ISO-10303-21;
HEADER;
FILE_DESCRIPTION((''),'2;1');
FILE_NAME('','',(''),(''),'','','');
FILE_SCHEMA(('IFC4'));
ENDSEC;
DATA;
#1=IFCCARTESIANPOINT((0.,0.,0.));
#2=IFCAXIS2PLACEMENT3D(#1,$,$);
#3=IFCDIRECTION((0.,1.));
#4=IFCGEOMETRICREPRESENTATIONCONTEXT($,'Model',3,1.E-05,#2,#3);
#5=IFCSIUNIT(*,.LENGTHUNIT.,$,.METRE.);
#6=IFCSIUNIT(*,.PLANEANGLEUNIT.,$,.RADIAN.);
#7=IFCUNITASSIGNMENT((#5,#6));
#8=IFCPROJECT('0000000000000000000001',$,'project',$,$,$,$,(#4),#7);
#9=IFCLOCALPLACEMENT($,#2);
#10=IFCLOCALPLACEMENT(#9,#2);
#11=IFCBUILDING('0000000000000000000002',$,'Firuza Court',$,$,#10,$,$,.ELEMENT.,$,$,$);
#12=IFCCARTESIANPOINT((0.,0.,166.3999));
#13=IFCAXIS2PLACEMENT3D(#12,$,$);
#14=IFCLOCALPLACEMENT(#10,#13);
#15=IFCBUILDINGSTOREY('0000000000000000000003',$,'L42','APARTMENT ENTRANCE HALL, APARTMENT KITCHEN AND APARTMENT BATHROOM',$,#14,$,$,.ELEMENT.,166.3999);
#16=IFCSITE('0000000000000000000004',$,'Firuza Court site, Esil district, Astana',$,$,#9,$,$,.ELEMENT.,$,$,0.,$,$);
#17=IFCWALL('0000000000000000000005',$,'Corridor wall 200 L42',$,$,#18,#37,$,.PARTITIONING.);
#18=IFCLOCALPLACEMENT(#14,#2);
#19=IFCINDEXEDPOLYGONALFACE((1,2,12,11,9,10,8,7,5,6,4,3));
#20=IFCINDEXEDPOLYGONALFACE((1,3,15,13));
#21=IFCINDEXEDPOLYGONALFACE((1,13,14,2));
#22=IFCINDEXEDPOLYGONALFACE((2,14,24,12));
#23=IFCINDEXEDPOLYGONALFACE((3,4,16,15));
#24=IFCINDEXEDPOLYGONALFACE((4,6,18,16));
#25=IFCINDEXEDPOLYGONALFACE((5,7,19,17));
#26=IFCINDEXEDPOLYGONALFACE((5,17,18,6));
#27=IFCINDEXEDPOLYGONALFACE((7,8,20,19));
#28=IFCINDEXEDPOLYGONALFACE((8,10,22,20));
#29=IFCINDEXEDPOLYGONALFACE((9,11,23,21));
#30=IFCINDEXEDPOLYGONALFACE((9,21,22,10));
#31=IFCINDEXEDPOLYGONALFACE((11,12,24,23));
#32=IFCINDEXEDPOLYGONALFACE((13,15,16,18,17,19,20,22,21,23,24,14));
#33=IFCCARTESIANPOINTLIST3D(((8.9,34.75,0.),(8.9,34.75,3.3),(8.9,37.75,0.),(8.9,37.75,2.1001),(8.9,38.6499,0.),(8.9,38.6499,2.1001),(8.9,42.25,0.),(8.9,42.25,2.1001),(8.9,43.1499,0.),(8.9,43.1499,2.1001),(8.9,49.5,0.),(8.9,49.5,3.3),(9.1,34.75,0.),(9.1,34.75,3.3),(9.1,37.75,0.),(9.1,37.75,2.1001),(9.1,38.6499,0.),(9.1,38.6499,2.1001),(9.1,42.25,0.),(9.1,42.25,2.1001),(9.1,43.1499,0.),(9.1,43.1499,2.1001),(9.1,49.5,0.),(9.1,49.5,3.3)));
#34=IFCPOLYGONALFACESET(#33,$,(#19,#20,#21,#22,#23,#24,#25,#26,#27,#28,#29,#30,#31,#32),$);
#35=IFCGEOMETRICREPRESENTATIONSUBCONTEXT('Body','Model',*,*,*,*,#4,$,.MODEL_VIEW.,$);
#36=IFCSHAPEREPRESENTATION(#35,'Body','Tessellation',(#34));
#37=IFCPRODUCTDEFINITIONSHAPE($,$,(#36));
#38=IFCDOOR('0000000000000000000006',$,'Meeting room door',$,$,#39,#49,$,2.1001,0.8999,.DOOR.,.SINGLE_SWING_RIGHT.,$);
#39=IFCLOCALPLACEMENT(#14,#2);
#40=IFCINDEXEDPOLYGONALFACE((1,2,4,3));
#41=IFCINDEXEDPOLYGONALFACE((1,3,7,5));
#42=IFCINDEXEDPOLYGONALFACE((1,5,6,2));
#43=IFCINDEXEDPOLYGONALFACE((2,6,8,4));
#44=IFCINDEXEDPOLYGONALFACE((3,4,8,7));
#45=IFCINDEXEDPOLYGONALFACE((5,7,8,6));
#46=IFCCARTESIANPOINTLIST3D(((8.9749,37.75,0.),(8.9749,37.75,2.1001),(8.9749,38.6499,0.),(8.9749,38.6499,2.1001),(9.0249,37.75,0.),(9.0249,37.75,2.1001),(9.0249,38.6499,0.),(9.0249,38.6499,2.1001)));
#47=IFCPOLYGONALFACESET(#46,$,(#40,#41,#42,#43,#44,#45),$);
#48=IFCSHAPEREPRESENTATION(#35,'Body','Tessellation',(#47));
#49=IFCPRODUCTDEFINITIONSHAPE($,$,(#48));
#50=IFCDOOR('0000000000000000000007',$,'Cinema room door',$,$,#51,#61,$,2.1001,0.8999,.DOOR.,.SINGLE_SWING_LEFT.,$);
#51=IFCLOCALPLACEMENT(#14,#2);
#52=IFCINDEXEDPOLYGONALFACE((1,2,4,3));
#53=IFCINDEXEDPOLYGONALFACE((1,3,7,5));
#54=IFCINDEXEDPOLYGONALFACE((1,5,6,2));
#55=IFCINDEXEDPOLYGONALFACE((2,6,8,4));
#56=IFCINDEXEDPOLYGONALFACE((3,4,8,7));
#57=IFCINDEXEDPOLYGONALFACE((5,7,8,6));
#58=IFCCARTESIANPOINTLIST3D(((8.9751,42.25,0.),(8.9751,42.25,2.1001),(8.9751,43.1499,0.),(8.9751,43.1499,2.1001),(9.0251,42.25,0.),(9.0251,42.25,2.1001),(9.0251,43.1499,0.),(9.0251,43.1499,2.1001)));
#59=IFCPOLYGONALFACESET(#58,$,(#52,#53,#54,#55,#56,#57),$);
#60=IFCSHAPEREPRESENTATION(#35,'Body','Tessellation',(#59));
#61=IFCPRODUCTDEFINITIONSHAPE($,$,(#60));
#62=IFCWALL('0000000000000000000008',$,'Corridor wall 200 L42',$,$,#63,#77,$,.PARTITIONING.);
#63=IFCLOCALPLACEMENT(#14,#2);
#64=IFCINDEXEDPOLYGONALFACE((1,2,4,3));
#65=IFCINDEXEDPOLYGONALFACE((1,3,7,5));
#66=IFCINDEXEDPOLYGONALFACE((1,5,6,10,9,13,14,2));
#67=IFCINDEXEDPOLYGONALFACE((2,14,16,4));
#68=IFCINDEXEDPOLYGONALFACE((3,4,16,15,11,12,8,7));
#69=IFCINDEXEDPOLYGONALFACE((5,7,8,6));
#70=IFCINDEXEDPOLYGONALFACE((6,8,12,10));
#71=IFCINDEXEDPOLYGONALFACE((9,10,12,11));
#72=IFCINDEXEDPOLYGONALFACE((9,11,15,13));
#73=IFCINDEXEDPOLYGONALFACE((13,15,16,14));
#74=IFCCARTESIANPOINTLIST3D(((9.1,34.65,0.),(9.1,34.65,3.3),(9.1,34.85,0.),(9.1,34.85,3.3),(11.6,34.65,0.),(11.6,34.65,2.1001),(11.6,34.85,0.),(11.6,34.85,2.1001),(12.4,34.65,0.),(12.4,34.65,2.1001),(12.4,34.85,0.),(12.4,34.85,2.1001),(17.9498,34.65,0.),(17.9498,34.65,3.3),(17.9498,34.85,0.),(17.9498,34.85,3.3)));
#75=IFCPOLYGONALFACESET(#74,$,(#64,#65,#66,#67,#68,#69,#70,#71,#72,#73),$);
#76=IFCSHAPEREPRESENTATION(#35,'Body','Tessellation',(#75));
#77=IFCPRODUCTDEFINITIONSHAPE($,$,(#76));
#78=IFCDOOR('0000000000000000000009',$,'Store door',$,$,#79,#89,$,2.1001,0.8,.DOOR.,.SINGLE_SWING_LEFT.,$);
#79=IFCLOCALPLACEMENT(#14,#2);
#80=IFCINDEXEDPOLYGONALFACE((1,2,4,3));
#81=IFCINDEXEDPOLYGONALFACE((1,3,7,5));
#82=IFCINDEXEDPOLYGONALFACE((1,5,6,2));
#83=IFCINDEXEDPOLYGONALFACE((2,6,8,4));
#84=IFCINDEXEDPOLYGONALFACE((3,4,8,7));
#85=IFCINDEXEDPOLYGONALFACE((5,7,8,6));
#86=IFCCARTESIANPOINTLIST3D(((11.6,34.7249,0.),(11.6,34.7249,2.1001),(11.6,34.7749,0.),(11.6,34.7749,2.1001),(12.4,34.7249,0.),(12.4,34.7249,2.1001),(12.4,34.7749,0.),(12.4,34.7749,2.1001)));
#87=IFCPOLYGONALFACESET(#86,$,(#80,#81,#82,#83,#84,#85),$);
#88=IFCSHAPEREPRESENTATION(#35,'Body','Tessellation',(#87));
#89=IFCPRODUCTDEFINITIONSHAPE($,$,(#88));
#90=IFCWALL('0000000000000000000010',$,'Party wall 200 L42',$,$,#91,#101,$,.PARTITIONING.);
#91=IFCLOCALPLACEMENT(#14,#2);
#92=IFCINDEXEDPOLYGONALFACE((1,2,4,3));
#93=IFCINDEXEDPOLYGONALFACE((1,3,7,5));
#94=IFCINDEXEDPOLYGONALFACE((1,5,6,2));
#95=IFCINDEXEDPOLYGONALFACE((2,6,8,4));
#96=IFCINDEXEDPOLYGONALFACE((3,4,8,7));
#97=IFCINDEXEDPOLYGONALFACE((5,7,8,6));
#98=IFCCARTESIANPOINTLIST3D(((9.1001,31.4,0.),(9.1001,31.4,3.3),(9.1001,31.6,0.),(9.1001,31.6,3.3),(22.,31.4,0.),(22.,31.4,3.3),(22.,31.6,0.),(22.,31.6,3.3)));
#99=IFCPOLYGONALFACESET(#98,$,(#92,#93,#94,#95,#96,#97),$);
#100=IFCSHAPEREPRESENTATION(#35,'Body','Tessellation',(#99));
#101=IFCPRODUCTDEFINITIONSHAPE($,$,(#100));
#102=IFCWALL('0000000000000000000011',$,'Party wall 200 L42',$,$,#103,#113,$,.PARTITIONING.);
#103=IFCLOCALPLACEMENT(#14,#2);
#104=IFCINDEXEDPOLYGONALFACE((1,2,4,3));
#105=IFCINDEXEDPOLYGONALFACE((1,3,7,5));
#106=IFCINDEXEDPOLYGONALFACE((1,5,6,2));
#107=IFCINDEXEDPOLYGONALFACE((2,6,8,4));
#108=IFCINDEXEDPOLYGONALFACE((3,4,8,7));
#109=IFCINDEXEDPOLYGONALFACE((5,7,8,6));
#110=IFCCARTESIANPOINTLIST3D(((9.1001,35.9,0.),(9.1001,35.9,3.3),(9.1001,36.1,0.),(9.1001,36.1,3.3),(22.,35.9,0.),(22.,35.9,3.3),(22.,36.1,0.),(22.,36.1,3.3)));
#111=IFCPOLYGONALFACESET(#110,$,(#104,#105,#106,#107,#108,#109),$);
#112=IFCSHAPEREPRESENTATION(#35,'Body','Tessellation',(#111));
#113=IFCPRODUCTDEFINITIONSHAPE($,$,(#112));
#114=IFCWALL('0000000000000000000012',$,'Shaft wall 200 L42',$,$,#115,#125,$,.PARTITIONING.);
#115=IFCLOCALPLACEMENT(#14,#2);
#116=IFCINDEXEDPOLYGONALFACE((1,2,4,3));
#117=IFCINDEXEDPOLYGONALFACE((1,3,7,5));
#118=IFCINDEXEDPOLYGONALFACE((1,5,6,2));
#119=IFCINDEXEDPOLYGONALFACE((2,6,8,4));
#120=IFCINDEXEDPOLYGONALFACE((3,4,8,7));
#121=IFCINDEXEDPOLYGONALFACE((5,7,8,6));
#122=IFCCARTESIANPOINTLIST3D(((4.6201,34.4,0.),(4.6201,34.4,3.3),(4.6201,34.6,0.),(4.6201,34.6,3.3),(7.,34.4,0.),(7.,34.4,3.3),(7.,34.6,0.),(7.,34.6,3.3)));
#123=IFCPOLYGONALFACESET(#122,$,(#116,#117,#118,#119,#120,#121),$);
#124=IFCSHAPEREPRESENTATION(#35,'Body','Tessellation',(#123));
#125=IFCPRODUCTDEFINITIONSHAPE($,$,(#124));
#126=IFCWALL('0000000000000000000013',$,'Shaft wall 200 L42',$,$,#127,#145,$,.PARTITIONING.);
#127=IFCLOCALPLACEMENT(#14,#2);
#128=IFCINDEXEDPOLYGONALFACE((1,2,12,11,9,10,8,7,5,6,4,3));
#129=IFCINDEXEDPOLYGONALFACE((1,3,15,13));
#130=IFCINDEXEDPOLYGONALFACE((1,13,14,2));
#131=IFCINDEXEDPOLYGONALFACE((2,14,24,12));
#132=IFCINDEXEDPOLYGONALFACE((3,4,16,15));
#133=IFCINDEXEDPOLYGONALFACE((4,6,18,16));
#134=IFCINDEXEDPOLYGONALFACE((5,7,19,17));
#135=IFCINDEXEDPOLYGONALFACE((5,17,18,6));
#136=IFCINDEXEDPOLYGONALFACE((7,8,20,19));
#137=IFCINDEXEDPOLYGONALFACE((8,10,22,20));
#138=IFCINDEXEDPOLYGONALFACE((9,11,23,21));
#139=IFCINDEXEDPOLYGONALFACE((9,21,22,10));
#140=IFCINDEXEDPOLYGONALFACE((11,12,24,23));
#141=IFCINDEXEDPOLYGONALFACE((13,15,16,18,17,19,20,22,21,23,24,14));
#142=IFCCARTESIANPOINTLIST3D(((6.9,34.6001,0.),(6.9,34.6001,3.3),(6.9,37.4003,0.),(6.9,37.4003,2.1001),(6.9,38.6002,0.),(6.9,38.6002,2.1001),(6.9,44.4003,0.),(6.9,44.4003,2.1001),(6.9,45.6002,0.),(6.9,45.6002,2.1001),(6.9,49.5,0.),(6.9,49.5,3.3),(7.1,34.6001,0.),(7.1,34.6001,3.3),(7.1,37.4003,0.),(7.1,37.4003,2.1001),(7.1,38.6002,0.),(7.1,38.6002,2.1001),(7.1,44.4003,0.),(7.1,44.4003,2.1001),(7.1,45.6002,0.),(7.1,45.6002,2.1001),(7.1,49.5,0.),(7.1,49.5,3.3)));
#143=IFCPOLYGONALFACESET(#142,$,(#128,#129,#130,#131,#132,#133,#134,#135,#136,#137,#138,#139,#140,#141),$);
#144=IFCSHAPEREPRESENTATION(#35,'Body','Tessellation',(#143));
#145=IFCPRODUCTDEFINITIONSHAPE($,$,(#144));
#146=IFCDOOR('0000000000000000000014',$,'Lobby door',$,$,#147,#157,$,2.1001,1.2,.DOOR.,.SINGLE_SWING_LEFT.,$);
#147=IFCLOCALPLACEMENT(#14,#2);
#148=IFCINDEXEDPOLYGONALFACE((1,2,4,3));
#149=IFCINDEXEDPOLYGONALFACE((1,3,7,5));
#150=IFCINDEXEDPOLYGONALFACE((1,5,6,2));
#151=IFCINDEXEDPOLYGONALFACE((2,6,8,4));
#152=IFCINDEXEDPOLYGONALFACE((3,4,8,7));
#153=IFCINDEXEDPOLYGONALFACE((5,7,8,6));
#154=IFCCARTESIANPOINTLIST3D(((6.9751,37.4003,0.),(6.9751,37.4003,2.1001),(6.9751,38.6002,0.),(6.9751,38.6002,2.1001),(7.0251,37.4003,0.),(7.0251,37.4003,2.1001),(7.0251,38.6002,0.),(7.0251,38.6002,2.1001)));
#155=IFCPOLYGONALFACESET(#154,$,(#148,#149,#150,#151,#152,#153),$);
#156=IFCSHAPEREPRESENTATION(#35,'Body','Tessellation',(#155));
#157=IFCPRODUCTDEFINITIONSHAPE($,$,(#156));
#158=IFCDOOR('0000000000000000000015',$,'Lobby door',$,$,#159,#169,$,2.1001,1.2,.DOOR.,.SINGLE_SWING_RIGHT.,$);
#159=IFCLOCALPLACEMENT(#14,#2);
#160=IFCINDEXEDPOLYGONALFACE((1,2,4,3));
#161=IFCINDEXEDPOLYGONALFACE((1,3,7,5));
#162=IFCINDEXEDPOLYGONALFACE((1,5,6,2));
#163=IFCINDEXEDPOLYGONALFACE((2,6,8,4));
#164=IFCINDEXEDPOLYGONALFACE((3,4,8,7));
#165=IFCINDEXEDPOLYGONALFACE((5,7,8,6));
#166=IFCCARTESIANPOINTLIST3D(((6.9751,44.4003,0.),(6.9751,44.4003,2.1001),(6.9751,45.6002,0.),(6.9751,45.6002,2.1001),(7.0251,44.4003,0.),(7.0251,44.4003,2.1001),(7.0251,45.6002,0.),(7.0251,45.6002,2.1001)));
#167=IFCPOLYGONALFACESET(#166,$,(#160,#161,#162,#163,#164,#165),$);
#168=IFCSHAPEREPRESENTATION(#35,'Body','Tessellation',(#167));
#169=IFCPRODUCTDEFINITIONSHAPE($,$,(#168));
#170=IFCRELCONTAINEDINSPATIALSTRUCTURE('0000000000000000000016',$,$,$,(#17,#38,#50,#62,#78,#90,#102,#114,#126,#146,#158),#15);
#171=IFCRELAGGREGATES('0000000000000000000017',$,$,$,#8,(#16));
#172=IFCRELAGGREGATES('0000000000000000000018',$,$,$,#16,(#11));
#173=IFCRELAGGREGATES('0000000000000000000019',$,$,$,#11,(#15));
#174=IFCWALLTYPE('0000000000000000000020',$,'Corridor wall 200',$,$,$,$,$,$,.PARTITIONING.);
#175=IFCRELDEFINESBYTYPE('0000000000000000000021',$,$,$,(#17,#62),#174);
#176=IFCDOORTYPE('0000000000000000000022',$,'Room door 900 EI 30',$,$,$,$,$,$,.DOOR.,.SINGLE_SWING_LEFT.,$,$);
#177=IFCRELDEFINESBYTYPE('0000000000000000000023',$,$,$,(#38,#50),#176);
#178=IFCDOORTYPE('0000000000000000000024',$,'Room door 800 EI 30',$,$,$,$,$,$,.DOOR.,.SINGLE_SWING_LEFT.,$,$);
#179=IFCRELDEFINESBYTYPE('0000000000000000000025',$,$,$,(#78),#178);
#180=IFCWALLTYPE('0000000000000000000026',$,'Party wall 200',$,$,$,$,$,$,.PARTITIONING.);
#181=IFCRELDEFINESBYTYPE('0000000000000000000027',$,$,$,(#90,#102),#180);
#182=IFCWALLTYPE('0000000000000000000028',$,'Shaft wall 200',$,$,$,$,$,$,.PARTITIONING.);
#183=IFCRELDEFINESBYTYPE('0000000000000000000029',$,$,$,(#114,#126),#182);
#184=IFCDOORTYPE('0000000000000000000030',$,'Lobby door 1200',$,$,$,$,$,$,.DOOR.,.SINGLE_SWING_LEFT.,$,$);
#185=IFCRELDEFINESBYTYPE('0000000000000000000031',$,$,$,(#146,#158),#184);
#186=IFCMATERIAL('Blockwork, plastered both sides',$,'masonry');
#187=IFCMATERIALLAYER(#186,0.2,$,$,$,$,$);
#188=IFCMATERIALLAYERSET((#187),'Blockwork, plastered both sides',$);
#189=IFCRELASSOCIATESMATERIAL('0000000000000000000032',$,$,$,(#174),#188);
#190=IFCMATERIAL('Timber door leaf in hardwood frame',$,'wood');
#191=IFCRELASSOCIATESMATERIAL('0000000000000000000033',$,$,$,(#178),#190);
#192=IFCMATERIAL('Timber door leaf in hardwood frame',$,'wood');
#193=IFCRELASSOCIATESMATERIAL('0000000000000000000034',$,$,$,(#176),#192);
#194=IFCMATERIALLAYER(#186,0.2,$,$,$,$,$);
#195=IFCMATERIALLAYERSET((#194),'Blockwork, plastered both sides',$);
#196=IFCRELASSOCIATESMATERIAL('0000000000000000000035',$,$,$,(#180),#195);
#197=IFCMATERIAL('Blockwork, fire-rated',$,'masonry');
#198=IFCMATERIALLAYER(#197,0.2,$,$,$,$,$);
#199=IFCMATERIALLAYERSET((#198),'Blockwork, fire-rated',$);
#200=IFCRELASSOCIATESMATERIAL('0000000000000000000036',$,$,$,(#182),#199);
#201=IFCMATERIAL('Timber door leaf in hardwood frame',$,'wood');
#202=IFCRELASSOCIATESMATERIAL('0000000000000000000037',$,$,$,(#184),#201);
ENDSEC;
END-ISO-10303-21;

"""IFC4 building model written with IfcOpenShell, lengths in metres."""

from ifc_helpers import new_model, si_unit, direction, frame, frame_2d, origin, place, context, subcontext, project, spatial, rectangle, extrude, material, layer, layer_set, type_object, element, fill, save


model = new_model("IFC4")

# Units and contexts
model_context = context("Model", 3, precision=1e-05, world=origin(), true_north=direction((0.0, 1.0)))
body_context = subcontext(model_context, "Body", "Model", "MODEL_VIEW")
ifc_project = project(units=[si_unit("LENGTHUNIT", "METRE"), si_unit("PLANEANGLEUNIT", "RADIAN")], contexts=[model_context])

# Site, building, storey
site_placement = place(None, origin())
site = spatial("IfcSite", under=ifc_project, at=site_placement, Name="Firuza Court site, Esil district, Astana", CompositionType="ELEMENT", RefElevation=0.0)
building_placement = place(site_placement, origin())
building = spatial("IfcBuilding", under=site, at=building_placement, Name="Firuza Court", CompositionType="ELEMENT")
storey_placement = place(building_placement, frame((0.0, 0.0, 166.3999)))
storey = spatial("IfcBuildingStorey", under=building, at=storey_placement, Name="L42", Description="APARTMENT ENTRANCE HALL, APARTMENT KITCHEN AND APARTMENT BATHROOM", CompositionType="ELEMENT", Elevation=166.3999)

# Shared definitions
ifc_material_1 = material(Name="Blockwork, plastered both sides", Category="masonry")
ifc_layer_1 = layer(ifc_material_1, 0.2)
ifc_layer_set_1 = layer_set([ifc_layer_1], Name="Blockwork, plastered both sides")
wall_type_1 = type_object("IfcWallType", Name="Corridor wall 200", PredefinedType="PARTITIONING", material=ifc_layer_set_1)
ifc_material_2 = material(Name="Timber door leaf in hardwood frame", Category="wood")
door_type_1 = type_object("IfcDoorType", Name="Room door 800 EI 30", OperationType="SINGLE_SWING_LEFT", PredefinedType="DOOR", material=ifc_material_2)

# Wall, openings, doors
wall_1_placement = place(storey_placement, frame((9.0, 34.75, 0.0), z_axis=(0.0, 0.0, 1.0), x_axis=(0.0, 1.0, 0.0)))
wall_1 = element("IfcWall", 1, at=wall_1_placement, inside=storey, type_object=wall_type_1, Name="Corridor wall 200 L42", PredefinedType="PARTITIONING", context=body_context, shape_type="SweptSolid", body=[
    extrude(rectangle(XDim=14.75, YDim=0.2, at=frame_2d((7.375, 0.0))), origin(), (0.0, 0.0, 1.0), 3.3),
])
opening_1_placement = place(wall_1_placement, frame((3.0, 0.0, 0.0)))
opening_1 = element("IfcOpeningElement", 2, at=opening_1_placement, cuts=wall_1, PredefinedType="OPENING", context=body_context, shape_type="SweptSolid", body=[
    extrude(rectangle(XDim=0.8999, YDim=2.1001, at=frame_2d((0.45, 1.05))), frame((0.0, 0.1118, 0.0), z_axis=(0.0, -1.0, 0.0), x_axis=(1.0, 0.0, 0.0)), (0.0, 0.0, 1.0), 0.2239),
])
opening_2_placement = place(wall_1_placement, frame((7.5, 0.0, 0.0)))
opening_2 = element("IfcOpeningElement", 3, at=opening_2_placement, cuts=wall_1, PredefinedType="OPENING", context=body_context, shape_type="SweptSolid", body=[
    extrude(rectangle(XDim=0.8999, YDim=2.1001, at=frame_2d((0.45, 1.05))), frame((0.0, 0.1118, 0.0), z_axis=(0.0, -1.0, 0.0), x_axis=(1.0, 0.0, 0.0)), (0.0, 0.0, 1.0), 0.2239),
])
ifc_material_3 = material(Name="Timber door leaf in hardwood frame", Category="wood")
door_type_2 = type_object("IfcDoorType", Name="Room door 900 EI 30", OperationType="SINGLE_SWING_LEFT", PredefinedType="DOOR", material=ifc_material_3)
door_1_placement = place(opening_1_placement, frame((0.8999, 0.0, 0.0), z_axis=(0.0, 0.0, 1.0), x_axis=(-1.0, 0.0, 0.0)))
door_1 = element("IfcDoor", 4, at=door_1_placement, inside=storey, type_object=door_type_2, Name="Meeting room door", OperationType="SINGLE_SWING_RIGHT", OverallHeight=2.1001, OverallWidth=0.8999, PredefinedType="DOOR", context=body_context, shape_type="SweptSolid", body=[
    extrude(rectangle(XDim=0.8999, YDim=2.1001, at=frame_2d((0.45, 1.05))), frame((0.0, 0.0249, 0.0), z_axis=(0.0, -1.0, 0.0), x_axis=(1.0, 0.0, 0.0)), (0.0, 0.0, 1.0), 0.05),
])
fill(opening_1, door_1)
door_2_placement = place(opening_2_placement, origin())
door_2 = element("IfcDoor", 5, at=door_2_placement, inside=storey, type_object=door_type_2, Name="Cinema room door", OperationType="SINGLE_SWING_LEFT", OverallHeight=2.1001, OverallWidth=0.8999, PredefinedType="DOOR", context=body_context, shape_type="SweptSolid", body=[
    extrude(rectangle(XDim=0.8999, YDim=2.1001, at=frame_2d((0.45, 1.05))), frame((0.0, 0.0249, 0.0), z_axis=(0.0, -1.0, 0.0), x_axis=(1.0, 0.0, 0.0)), (0.0, 0.0, 1.0), 0.05),
])
fill(opening_2, door_2)

# Wall, opening, door
wall_2_placement = place(storey_placement, frame((9.1001, 34.75, 0.0), z_axis=(0.0, 0.0, 1.0), x_axis=(1.0, 0.0, 0.0)))
wall_2 = element("IfcWall", 6, at=wall_2_placement, inside=storey, type_object=wall_type_1, Name="Corridor wall 200 L42", PredefinedType="PARTITIONING", context=body_context, shape_type="SweptSolid", body=[
    extrude(rectangle(XDim=8.8499, YDim=0.2, at=frame_2d((4.4248, 0.0))), origin(), (0.0, 0.0, 1.0), 3.3),
])
opening_3_placement = place(wall_2_placement, frame((2.5, 0.0, 0.0)))
opening_3 = element("IfcOpeningElement", 7, at=opening_3_placement, cuts=wall_2, PredefinedType="OPENING", context=body_context, shape_type="SweptSolid", body=[
    extrude(rectangle(XDim=0.8, YDim=2.1001, at=frame_2d((0.3999, 1.05))), frame((0.0, 0.1118, 0.0), z_axis=(0.0, -1.0, 0.0), x_axis=(1.0, 0.0, 0.0)), (0.0, 0.0, 1.0), 0.2239),
])
door_3_placement = place(opening_3_placement, origin())
door_3 = element("IfcDoor", 8, at=door_3_placement, inside=storey, type_object=door_type_1, Name="Store door", OperationType="SINGLE_SWING_LEFT", OverallHeight=2.1001, OverallWidth=0.8, PredefinedType="DOOR", context=body_context, shape_type="SweptSolid", body=[
    extrude(rectangle(XDim=0.8, YDim=2.1001, at=frame_2d((0.3999, 1.05))), frame((0.0, 0.0249, 0.0), z_axis=(0.0, -1.0, 0.0), x_axis=(1.0, 0.0, 0.0)), (0.0, 0.0, 1.0), 0.05),
])
fill(opening_3, door_3)

# Walls
ifc_layer_2 = layer(ifc_material_1, 0.2)
ifc_layer_set_2 = layer_set([ifc_layer_2], Name="Blockwork, plastered both sides")
wall_type_2 = type_object("IfcWallType", Name="Party wall 200", PredefinedType="PARTITIONING", material=ifc_layer_set_2)
for number, where, z_axis, x_axis, name in (
    (9, (9.1001, 31.5, 0.0), (0.0, 0.0, 1.0), (1.0, 0.0, 0.0), "Party wall 200 L42"),
    (10, (9.1001, 36.0, 0.0), (0.0, 0.0, 1.0), (1.0, 0.0, 0.0), "Party wall 200 L42"),
):
    element("IfcWall", number, at=place(storey_placement, frame(where, z_axis=z_axis, x_axis=x_axis)), inside=storey, type_object=wall_type_2, Name=name, PredefinedType="PARTITIONING", context=body_context, shape_type="SweptSolid", body=[
        extrude(rectangle(XDim=12.8999, YDim=0.2, at=frame_2d((6.45, 0.0))), origin(), (0.0, 0.0, 1.0), 3.3),
    ])
ifc_material_4 = material(Name="Blockwork, fire-rated", Category="masonry")
ifc_layer_3 = layer(ifc_material_4, 0.2)
ifc_layer_set_3 = layer_set([ifc_layer_3], Name="Blockwork, fire-rated")
wall_type_3 = type_object("IfcWallType", Name="Shaft wall 200", PredefinedType="PARTITIONING", material=ifc_layer_set_3)
wall_3_placement = place(storey_placement, frame((4.6201, 34.5, 0.0), z_axis=(0.0, 0.0, 1.0), x_axis=(1.0, 0.0, 0.0)))
element("IfcWall", 11, at=wall_3_placement, inside=storey, type_object=wall_type_3, Name="Shaft wall 200 L42", PredefinedType="PARTITIONING", context=body_context, shape_type="SweptSolid", body=[
    extrude(rectangle(XDim=2.3799, YDim=0.2, at=frame_2d((1.1899, 0.0))), origin(), (0.0, 0.0, 1.0), 3.3),
])

# Wall, openings, doors
wall_4_placement = place(storey_placement, frame((7.0, 34.6001, 0.0), z_axis=(0.0, 0.0, 1.0), x_axis=(0.0, 1.0, 0.0)))
wall_4 = element("IfcWall", 12, at=wall_4_placement, inside=storey, type_object=wall_type_3, Name="Shaft wall 200 L42", PredefinedType="PARTITIONING", context=body_context, shape_type="SweptSolid", body=[
    extrude(rectangle(XDim=14.8999, YDim=0.2, at=frame_2d((7.45, 0.0))), origin(), (0.0, 0.0, 1.0), 3.3),
])
opening_4_placement = place(wall_4_placement, frame((2.8, 0.0, 0.0)))
opening_4 = element("IfcOpeningElement", 13, at=opening_4_placement, cuts=wall_4, PredefinedType="OPENING", context=body_context, shape_type="SweptSolid", body=[
    extrude(rectangle(XDim=1.2, YDim=2.1001, at=frame_2d((0.6001, 1.05))), frame((0.0, 0.1118, 0.0), z_axis=(0.0, -1.0, 0.0), x_axis=(1.0, 0.0, 0.0)), (0.0, 0.0, 1.0), 0.2239),
])
opening_5_placement = place(wall_4_placement, frame((9.8, 0.0, 0.0)))
opening_5 = element("IfcOpeningElement", 14, at=opening_5_placement, cuts=wall_4, PredefinedType="OPENING", context=body_context, shape_type="SweptSolid", body=[
    extrude(rectangle(XDim=1.2, YDim=2.1001, at=frame_2d((0.6001, 1.05))), frame((0.0, 0.1118, 0.0), z_axis=(0.0, -1.0, 0.0), x_axis=(1.0, 0.0, 0.0)), (0.0, 0.0, 1.0), 0.2239),
])
ifc_material_5 = material(Name="Timber door leaf in hardwood frame", Category="wood")
door_type_3 = type_object("IfcDoorType", Name="Lobby door 1200", OperationType="SINGLE_SWING_LEFT", PredefinedType="DOOR", material=ifc_material_5)
door_4_placement = place(opening_4_placement, origin())
door_4 = element("IfcDoor", 15, at=door_4_placement, inside=storey, type_object=door_type_3, Name="Lobby door", OperationType="SINGLE_SWING_LEFT", OverallHeight=2.1001, OverallWidth=1.2, PredefinedType="DOOR", context=body_context, shape_type="SweptSolid", body=[
    extrude(rectangle(XDim=1.2, YDim=2.1001, at=frame_2d((0.6001, 1.05))), frame((0.0, 0.0249, 0.0), z_axis=(0.0, -1.0, 0.0), x_axis=(1.0, 0.0, 0.0)), (0.0, 0.0, 1.0), 0.05),
])
fill(opening_4, door_4)
door_5_placement = place(opening_5_placement, origin())
door_5 = element("IfcDoor", 16, at=door_5_placement, inside=storey, type_object=door_type_3, Name="Lobby door", OperationType="SINGLE_SWING_RIGHT", OverallHeight=2.1001, OverallWidth=1.2, PredefinedType="DOOR", context=body_context, shape_type="SweptSolid", body=[
    extrude(rectangle(XDim=1.2, YDim=2.1001, at=frame_2d((0.6001, 1.05))), frame((0.0, 0.0249, 0.0), z_axis=(0.0, -1.0, 0.0), x_axis=(1.0, 0.0, 0.0)), (0.0, 0.0, 1.0), 0.05),
])
fill(opening_5, door_5)

save(model, "model.ifc")
